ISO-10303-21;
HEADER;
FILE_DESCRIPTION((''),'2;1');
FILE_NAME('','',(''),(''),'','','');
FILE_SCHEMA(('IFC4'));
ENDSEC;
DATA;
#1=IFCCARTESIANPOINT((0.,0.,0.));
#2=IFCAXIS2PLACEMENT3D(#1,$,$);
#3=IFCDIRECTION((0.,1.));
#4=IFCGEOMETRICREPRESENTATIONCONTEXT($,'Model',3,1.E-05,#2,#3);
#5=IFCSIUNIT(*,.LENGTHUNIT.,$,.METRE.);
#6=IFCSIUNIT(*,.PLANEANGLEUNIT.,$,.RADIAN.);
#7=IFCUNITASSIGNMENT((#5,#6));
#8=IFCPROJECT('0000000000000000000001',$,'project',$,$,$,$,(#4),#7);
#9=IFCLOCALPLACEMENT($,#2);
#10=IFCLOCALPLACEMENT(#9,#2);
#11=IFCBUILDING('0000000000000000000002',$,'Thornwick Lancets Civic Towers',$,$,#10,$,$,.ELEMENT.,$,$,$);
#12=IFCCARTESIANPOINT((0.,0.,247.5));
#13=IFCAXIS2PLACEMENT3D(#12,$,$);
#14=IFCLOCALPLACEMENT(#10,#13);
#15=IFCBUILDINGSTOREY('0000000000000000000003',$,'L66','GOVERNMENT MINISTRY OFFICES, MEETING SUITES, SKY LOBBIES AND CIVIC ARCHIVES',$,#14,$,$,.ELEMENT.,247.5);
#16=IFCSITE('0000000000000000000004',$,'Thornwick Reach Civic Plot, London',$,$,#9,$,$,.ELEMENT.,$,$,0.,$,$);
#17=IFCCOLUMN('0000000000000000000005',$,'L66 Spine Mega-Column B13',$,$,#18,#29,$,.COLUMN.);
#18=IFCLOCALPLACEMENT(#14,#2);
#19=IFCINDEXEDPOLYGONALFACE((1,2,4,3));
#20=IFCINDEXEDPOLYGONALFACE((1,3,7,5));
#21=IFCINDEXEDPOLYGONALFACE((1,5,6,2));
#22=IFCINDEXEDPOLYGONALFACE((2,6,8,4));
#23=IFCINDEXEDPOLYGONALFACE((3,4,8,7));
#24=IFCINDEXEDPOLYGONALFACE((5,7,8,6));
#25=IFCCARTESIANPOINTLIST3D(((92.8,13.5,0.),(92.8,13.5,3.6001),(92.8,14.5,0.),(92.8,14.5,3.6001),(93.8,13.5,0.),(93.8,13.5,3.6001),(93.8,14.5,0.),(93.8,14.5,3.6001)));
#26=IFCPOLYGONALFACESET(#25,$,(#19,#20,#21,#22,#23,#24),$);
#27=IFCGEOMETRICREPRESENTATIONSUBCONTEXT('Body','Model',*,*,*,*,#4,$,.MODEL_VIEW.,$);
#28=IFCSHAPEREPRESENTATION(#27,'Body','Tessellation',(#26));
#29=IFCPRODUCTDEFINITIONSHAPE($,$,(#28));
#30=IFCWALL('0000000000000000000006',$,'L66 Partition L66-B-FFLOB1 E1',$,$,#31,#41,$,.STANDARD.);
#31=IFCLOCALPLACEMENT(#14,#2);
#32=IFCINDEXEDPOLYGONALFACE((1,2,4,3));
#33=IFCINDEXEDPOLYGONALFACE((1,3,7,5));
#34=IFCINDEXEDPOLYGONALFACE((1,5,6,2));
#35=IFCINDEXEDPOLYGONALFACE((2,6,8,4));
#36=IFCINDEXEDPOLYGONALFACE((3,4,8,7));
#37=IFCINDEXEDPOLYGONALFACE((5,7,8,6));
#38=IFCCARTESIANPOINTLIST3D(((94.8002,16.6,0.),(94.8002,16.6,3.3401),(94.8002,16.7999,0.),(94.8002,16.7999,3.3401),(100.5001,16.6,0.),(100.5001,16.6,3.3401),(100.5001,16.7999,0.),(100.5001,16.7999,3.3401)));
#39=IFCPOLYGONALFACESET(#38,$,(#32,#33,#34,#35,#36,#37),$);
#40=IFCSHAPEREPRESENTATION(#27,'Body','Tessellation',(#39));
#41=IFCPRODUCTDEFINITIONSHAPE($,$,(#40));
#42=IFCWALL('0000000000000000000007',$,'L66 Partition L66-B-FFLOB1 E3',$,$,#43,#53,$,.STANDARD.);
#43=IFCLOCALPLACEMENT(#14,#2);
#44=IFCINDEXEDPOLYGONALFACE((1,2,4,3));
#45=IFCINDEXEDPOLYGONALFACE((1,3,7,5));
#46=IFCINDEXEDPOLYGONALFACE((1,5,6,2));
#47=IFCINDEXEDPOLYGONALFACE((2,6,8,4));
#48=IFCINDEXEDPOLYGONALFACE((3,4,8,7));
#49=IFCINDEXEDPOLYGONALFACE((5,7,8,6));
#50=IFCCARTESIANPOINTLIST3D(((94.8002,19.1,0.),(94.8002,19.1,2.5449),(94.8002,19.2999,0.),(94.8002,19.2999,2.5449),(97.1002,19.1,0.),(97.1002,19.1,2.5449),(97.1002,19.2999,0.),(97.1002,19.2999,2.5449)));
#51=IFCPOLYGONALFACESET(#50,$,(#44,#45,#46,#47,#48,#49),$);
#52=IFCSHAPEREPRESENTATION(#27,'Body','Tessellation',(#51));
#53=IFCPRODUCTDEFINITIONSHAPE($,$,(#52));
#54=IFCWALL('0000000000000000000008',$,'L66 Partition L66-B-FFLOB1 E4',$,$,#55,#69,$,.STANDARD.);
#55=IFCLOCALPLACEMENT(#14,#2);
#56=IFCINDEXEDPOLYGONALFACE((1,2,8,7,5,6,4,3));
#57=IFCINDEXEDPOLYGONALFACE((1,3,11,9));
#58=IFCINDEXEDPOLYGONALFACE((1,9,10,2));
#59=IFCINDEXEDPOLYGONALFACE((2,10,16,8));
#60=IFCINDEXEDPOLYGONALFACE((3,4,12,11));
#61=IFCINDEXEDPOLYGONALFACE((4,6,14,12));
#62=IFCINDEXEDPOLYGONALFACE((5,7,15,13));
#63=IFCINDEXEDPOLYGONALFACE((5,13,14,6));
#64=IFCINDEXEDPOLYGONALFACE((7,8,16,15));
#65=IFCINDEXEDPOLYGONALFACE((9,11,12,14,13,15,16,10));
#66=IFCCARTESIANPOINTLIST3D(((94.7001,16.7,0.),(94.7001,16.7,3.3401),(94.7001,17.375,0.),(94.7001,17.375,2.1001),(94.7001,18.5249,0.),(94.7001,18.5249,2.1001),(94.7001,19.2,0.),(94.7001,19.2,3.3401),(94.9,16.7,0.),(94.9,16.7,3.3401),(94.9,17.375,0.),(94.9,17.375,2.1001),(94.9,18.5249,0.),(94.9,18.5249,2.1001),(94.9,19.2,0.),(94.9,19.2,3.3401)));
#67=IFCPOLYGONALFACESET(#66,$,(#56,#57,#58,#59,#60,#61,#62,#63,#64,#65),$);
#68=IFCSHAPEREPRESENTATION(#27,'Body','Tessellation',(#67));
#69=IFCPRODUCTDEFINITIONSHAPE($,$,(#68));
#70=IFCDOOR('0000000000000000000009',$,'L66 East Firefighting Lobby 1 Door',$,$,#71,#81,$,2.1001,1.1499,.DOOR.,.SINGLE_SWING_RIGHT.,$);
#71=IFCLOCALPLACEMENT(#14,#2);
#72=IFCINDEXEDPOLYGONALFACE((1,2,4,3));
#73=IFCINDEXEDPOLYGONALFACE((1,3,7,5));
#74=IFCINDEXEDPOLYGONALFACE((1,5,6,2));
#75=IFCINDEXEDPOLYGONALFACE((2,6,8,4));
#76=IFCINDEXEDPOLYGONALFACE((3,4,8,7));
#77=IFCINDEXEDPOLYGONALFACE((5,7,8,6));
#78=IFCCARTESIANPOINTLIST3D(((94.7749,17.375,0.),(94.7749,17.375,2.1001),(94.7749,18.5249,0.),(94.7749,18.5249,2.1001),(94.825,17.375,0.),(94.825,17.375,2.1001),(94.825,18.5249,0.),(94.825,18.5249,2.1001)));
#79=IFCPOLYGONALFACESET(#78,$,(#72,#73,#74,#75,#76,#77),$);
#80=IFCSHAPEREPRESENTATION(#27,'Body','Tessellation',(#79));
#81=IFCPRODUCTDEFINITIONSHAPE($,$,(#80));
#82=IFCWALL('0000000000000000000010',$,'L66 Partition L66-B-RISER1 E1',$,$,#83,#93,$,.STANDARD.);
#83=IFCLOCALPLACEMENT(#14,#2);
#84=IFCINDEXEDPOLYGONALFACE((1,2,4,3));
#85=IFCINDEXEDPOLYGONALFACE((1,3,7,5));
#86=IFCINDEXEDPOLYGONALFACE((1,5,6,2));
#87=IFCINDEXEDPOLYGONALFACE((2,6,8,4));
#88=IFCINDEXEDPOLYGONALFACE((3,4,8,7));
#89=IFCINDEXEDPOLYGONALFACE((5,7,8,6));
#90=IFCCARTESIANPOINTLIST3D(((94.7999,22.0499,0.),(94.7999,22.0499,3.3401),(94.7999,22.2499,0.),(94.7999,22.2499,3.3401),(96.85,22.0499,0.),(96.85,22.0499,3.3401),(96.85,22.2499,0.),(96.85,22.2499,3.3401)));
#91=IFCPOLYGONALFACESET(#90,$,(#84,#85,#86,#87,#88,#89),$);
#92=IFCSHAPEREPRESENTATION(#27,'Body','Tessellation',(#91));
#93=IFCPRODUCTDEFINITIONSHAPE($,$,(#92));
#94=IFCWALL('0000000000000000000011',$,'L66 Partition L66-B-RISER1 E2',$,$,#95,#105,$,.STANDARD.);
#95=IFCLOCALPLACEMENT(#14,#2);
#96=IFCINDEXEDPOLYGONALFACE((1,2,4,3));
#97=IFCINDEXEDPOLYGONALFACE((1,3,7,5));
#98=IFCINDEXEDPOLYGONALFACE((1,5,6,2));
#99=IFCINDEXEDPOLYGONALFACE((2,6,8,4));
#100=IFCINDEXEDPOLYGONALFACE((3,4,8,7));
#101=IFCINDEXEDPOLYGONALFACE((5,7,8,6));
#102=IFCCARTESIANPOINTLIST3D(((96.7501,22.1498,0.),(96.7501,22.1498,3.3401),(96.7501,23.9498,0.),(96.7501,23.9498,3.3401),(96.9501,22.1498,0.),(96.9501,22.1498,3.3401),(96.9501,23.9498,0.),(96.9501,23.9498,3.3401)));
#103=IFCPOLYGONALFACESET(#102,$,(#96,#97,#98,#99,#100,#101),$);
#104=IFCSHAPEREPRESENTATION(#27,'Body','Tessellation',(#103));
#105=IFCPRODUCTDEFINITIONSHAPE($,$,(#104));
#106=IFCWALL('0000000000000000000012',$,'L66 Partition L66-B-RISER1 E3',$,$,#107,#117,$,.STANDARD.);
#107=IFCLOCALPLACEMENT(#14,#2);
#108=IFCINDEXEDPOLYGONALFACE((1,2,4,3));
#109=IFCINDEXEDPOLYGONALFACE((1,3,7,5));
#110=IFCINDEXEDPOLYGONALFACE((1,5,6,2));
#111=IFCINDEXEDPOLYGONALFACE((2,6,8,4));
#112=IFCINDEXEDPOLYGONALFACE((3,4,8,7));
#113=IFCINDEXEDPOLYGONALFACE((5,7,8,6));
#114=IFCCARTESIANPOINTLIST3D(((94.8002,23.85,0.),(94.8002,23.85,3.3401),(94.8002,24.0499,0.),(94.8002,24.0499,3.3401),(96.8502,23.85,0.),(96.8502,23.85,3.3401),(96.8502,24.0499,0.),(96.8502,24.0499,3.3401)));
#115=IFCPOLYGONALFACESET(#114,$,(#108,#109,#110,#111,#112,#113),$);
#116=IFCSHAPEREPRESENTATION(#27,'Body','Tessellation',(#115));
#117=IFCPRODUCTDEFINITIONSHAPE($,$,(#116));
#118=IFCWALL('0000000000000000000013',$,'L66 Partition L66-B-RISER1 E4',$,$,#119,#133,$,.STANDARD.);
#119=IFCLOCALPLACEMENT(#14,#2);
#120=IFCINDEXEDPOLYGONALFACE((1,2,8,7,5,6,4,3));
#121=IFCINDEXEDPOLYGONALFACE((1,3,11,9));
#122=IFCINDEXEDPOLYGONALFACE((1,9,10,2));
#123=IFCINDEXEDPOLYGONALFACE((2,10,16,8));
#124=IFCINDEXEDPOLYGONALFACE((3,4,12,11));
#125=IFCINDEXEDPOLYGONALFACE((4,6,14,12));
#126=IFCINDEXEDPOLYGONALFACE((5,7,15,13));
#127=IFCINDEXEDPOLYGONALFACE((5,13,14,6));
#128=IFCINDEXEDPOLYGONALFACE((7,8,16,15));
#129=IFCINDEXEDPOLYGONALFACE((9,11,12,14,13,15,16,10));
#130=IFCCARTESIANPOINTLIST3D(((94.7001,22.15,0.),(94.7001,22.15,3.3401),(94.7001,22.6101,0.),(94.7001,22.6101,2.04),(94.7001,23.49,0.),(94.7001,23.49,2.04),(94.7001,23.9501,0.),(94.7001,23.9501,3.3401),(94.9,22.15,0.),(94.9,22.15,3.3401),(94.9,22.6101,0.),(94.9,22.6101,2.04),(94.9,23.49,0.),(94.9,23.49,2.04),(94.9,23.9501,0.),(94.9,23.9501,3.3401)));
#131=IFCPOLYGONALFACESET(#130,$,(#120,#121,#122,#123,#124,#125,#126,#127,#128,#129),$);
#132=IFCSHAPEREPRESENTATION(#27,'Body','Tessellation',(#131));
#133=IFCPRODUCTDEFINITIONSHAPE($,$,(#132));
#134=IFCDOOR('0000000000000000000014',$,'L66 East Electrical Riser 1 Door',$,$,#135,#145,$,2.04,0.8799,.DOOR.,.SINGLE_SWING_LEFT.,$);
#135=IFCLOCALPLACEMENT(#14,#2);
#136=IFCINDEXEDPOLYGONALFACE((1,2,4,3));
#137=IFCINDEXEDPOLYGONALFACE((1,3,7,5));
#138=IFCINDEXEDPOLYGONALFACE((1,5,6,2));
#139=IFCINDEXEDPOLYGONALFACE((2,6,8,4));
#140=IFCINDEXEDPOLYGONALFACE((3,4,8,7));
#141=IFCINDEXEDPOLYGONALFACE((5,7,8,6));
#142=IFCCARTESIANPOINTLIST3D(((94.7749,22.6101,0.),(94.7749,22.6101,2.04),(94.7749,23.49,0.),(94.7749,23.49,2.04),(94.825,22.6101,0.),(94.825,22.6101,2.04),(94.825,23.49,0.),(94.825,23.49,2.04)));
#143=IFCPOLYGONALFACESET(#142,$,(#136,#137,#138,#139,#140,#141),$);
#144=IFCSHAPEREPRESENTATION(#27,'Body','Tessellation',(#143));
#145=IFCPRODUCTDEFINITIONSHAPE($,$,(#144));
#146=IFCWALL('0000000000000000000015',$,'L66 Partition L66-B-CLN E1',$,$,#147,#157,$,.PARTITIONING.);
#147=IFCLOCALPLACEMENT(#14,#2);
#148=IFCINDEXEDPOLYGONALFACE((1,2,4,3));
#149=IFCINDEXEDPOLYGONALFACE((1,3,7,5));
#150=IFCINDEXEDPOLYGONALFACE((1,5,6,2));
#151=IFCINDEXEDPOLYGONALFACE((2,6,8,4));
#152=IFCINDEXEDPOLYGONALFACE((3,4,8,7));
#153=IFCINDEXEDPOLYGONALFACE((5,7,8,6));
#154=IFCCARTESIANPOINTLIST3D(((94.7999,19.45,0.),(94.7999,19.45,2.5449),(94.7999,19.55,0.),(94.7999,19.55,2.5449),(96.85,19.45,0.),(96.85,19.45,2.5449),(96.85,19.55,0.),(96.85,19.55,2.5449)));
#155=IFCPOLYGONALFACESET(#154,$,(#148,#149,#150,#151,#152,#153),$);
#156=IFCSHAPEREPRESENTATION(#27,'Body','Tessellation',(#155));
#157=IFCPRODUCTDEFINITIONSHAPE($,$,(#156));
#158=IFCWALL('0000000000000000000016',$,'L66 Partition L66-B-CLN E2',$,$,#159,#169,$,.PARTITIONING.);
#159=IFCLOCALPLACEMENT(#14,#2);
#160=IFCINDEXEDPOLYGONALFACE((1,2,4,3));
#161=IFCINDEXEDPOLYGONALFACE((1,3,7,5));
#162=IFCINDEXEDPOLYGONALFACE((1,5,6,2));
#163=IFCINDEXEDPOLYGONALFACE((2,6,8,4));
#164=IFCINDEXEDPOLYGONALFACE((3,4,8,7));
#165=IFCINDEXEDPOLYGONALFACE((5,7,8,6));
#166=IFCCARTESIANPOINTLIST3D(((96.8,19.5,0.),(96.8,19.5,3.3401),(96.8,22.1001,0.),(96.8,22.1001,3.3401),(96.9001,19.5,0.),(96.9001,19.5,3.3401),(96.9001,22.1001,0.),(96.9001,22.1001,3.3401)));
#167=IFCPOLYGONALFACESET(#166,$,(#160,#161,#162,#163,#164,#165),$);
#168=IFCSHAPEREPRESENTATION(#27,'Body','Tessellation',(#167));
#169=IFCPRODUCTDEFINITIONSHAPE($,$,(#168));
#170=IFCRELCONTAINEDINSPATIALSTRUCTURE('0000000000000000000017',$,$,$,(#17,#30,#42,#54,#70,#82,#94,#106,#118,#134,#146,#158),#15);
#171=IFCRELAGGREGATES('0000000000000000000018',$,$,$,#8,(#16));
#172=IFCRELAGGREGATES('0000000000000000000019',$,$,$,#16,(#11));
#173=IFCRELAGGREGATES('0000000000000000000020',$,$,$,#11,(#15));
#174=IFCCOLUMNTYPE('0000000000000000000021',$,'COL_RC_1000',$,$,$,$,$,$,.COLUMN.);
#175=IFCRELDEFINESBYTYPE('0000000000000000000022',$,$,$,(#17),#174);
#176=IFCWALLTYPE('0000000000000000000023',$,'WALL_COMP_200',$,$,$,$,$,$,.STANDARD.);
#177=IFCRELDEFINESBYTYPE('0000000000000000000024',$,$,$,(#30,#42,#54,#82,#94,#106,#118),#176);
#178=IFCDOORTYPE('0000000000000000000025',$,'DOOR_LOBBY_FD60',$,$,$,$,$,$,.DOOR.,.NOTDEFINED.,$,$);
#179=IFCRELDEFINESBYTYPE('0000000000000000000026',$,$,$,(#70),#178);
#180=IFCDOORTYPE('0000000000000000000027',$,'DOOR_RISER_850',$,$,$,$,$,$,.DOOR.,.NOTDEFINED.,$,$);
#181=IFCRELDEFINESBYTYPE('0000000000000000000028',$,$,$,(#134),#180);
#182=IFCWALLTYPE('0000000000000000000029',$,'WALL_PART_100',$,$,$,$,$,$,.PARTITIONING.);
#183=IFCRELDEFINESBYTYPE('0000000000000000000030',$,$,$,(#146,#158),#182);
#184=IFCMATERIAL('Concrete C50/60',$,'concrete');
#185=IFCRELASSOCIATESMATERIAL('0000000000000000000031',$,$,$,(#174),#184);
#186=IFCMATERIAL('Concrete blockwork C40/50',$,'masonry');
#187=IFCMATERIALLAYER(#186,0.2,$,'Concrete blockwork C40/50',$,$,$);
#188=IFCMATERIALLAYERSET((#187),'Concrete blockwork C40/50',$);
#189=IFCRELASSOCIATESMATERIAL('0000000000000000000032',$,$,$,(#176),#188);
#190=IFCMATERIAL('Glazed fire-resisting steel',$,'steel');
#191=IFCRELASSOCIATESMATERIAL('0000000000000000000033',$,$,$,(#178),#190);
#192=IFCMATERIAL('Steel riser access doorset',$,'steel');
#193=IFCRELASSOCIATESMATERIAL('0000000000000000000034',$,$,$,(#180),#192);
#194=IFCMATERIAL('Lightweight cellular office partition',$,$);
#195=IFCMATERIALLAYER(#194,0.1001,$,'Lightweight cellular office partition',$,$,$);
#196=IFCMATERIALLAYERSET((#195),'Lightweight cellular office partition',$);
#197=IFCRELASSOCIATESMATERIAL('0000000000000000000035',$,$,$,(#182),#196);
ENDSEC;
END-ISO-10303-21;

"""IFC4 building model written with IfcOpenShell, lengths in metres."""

from ifc_helpers import new_model, si_unit, direction, frame, frame_2d, origin, origin_2d, place, context, subcontext, project, spatial, rectangle, extrude, material, layer, layer_set, material_profile, profile_set, type_object, element, fill, save


model = new_model("IFC4")

# Units and contexts
model_context = context("Model", 3, precision=1e-05, world=origin(), true_north=direction((0.0, 1.0)))
body_context = subcontext(model_context, "Body", "Model", "MODEL_VIEW")
ifc_project = project(units=[si_unit("LENGTHUNIT", "METRE"), si_unit("PLANEANGLEUNIT", "RADIAN")], contexts=[model_context])

# Site, building, storey
site_placement = place(None, origin())
site = spatial("IfcSite", under=ifc_project, at=site_placement, Name="Thornwick Reach Civic Plot, London", CompositionType="ELEMENT", RefElevation=0.0)
building_placement = place(site_placement, origin())
building = spatial("IfcBuilding", under=site, at=building_placement, Name="Thornwick Lancets Civic Towers", CompositionType="ELEMENT")
storey_placement = place(building_placement, frame((0.0, 0.0, 247.5)))
storey = spatial("IfcBuildingStorey", under=building, at=storey_placement, Name="L66", Description="GOVERNMENT MINISTRY OFFICES, MEETING SUITES, SKY LOBBIES AND CIVIC ARCHIVES", CompositionType="ELEMENT", Elevation=247.5)

# Column
ifc_material_1 = material(Name="Concrete C50/60", Category="concrete")
ifc_material_profile = material_profile(ifc_material_1, rectangle(XDim=1.0, YDim=1.0, at=origin_2d()), Name="RC 1000x1000")
ifc_profile_set = profile_set([ifc_material_profile], Name="Concrete C50/60")
column_type = type_object("IfcColumnType", Name="COL_RC_1000", PredefinedType="COLUMN", material=ifc_profile_set)
column_placement = place(storey_placement, frame((93.3, 14.0, 0.0), z_axis=(0.0, 0.0, 1.0), x_axis=(1.0, 0.0, 0.0)))
element("IfcColumn", 1, at=column_placement, inside=storey, type_object=column_type, Name="L66 Spine Mega-Column B13", PredefinedType="COLUMN", context=body_context, shape_type="SweptSolid", body=[
    extrude(rectangle(XDim=1.0, YDim=1.0, at=origin_2d()), origin(), (0.0, 0.0, 1.0), 3.6001),
])

# Walls
ifc_material_2 = material(Name="Concrete blockwork C40/50", Category="masonry")
ifc_layer_1 = layer(ifc_material_2, 0.2, Name="Concrete blockwork C40/50")
ifc_layer_set_1 = layer_set([ifc_layer_1], Name="Concrete blockwork C40/50")
wall_type_1 = type_object("IfcWallType", Name="WALL_COMP_200", PredefinedType="STANDARD", material=ifc_layer_set_1)
wall_1_placement = place(storey_placement, frame((94.8, 16.7, 0.0), z_axis=(0.0, 0.0, 1.0), x_axis=(1.0, 0.0, 0.0)))
element("IfcWall", 2, at=wall_1_placement, inside=storey, type_object=wall_type_1, Name="L66 Partition L66-B-FFLOB1 E1", PredefinedType="STANDARD", context=body_context, shape_type="SweptSolid", body=[
    extrude(rectangle(XDim=5.7, YDim=0.2, at=frame_2d((2.8501, 0.0))), origin(), (0.0, 0.0, 1.0), 3.3401),
])
wall_2_placement = place(storey_placement, frame((97.1001, 19.2, 0.0), z_axis=(0.0, 0.0, 1.0), x_axis=(-1.0, 0.0, 0.0)))
element("IfcWall", 3, at=wall_2_placement, inside=storey, type_object=wall_type_1, Name="L66 Partition L66-B-FFLOB1 E3", PredefinedType="STANDARD", context=body_context, shape_type="SweptSolid", body=[
    extrude(rectangle(XDim=2.3, YDim=0.2, at=frame_2d((1.1499, 0.0))), origin(), (0.0, 0.0, 1.0), 2.5449),
])

# Wall, opening, door
wall_3_placement = place(storey_placement, frame((94.8, 19.2, 0.0), z_axis=(0.0, 0.0, 1.0), x_axis=(0.0, -1.0, 0.0)))
wall_3 = element("IfcWall", 4, at=wall_3_placement, inside=storey, type_object=wall_type_1, Name="L66 Partition L66-B-FFLOB1 E4", PredefinedType="STANDARD", context=body_context, shape_type="SweptSolid", body=[
    extrude(rectangle(XDim=2.5, YDim=0.2, at=frame_2d((1.25, 0.0))), origin(), (0.0, 0.0, 1.0), 3.3401),
])
opening_1_placement = place(wall_3_placement, frame((0.675, 0.0, 0.0)))
opening_1 = element("IfcOpeningElement", 5, at=opening_1_placement, cuts=wall_3, PredefinedType="OPENING", context=body_context, shape_type="SweptSolid", body=[
    extrude(rectangle(XDim=1.1499, YDim=2.1001, at=frame_2d((0.575, 1.05))), frame((0.0, 0.1099, 0.0), z_axis=(0.0, -1.0, 0.0), x_axis=(1.0, 0.0, 0.0)), (0.0, 0.0, 1.0), 0.22),
])
ifc_material_3 = material(Name="Glazed fire-resisting steel", Category="steel")
door_type_1 = type_object("IfcDoorType", Name="DOOR_LOBBY_FD60", OperationType="NOTDEFINED", PredefinedType="DOOR", material=ifc_material_3)
door_1_placement = place(opening_1_placement, origin())
door_1 = element("IfcDoor", 6, at=door_1_placement, inside=storey, type_object=door_type_1, Name="L66 East Firefighting Lobby 1 Door", OperationType="SINGLE_SWING_RIGHT", OverallHeight=2.1001, OverallWidth=1.1499, PredefinedType="DOOR", context=body_context, shape_type="SweptSolid", body=[
    extrude(rectangle(XDim=1.1499, YDim=2.1001, at=frame_2d((0.575, 1.05))), frame((0.0, 0.0249, 0.0), z_axis=(0.0, -1.0, 0.0), x_axis=(1.0, 0.0, 0.0)), (0.0, 0.0, 1.0), 0.05),
])
fill(opening_1, door_1)

# Walls
wall_4_placement = place(storey_placement, frame((94.8, 22.1499, 0.0), z_axis=(0.0, 0.0, 1.0), x_axis=(1.0, 0.0, 0.0)))
element("IfcWall", 7, at=wall_4_placement, inside=storey, type_object=wall_type_1, Name="L66 Partition L66-B-RISER1 E1", PredefinedType="STANDARD", context=body_context, shape_type="SweptSolid", body=[
    extrude(rectangle(XDim=2.05, YDim=0.2, at=frame_2d((1.0249, 0.0))), origin(), (0.0, 0.0, 1.0), 3.3401),
])
wall_5_placement = place(storey_placement, frame((96.8501, 22.1499, 0.0), z_axis=(0.0, 0.0, 1.0), x_axis=(0.0, 1.0, 0.0)))
element("IfcWall", 8, at=wall_5_placement, inside=storey, type_object=wall_type_1, Name="L66 Partition L66-B-RISER1 E2", PredefinedType="STANDARD", context=body_context, shape_type="SweptSolid", body=[
    extrude(rectangle(XDim=1.8, YDim=0.2, at=frame_2d((0.8999, 0.0))), origin(), (0.0, 0.0, 1.0), 3.3401),
])
wall_6_placement = place(storey_placement, frame((96.8501, 23.95, 0.0), z_axis=(0.0, 0.0, 1.0), x_axis=(-1.0, 0.0, 0.0)))
element("IfcWall", 9, at=wall_6_placement, inside=storey, type_object=wall_type_1, Name="L66 Partition L66-B-RISER1 E3", PredefinedType="STANDARD", context=body_context, shape_type="SweptSolid", body=[
    extrude(rectangle(XDim=2.05, YDim=0.2, at=frame_2d((1.0249, 0.0))), origin(), (0.0, 0.0, 1.0), 3.3401),
])

# Wall, opening, door
wall_7_placement = place(storey_placement, frame((94.8, 23.95, 0.0), z_axis=(0.0, 0.0, 1.0), x_axis=(0.0, -1.0, 0.0)))
wall_7 = element("IfcWall", 10, at=wall_7_placement, inside=storey, type_object=wall_type_1, Name="L66 Partition L66-B-RISER1 E4", PredefinedType="STANDARD", context=body_context, shape_type="SweptSolid", body=[
    extrude(rectangle(XDim=1.8, YDim=0.2, at=frame_2d((0.8999, 0.0))), origin(), (0.0, 0.0, 1.0), 3.3401),
])
opening_2_placement = place(wall_7_placement, frame((0.46, 0.0, 0.0)))
opening_2 = element("IfcOpeningElement", 11, at=opening_2_placement, cuts=wall_7, PredefinedType="OPENING", context=body_context, shape_type="SweptSolid", body=[
    extrude(rectangle(XDim=0.8799, YDim=2.04, at=frame_2d((0.4399, 1.02))), frame((0.0, 0.1099, 0.0), z_axis=(0.0, -1.0, 0.0), x_axis=(1.0, 0.0, 0.0)), (0.0, 0.0, 1.0), 0.22),
])
ifc_material_4 = material(Name="Steel riser access doorset", Category="steel")
door_type_2 = type_object("IfcDoorType", Name="DOOR_RISER_850", OperationType="NOTDEFINED", PredefinedType="DOOR", material=ifc_material_4)
door_2_placement = place(opening_2_placement, origin())
door_2 = element("IfcDoor", 12, at=door_2_placement, inside=storey, type_object=door_type_2, Name="L66 East Electrical Riser 1 Door", OperationType="SINGLE_SWING_LEFT", OverallHeight=2.04, OverallWidth=0.8799, PredefinedType="DOOR", context=body_context, shape_type="SweptSolid", body=[
    extrude(rectangle(XDim=0.8799, YDim=2.04, at=frame_2d((0.4399, 1.02))), frame((0.0, 0.0249, 0.0), z_axis=(0.0, -1.0, 0.0), x_axis=(1.0, 0.0, 0.0)), (0.0, 0.0, 1.0), 0.05),
])
fill(opening_2, door_2)

# Walls
ifc_material_5 = material(Name="Lightweight cellular office partition")
ifc_layer_2 = layer(ifc_material_5, 0.1001, Name="Lightweight cellular office partition")
ifc_layer_set_2 = layer_set([ifc_layer_2], Name="Lightweight cellular office partition")
wall_type_2 = type_object("IfcWallType", Name="WALL_PART_100", PredefinedType="PARTITIONING", material=ifc_layer_set_2)
wall_8_placement = place(storey_placement, frame((94.8, 19.5, 0.0), z_axis=(0.0, 0.0, 1.0), x_axis=(1.0, 0.0, 0.0)))
element("IfcWall", 13, at=wall_8_placement, inside=storey, type_object=wall_type_2, Name="L66 Partition L66-B-CLN E1", PredefinedType="PARTITIONING", context=body_context, shape_type="SweptSolid", body=[
    extrude(rectangle(XDim=2.05, YDim=0.1001, at=frame_2d((1.0249, 0.0))), origin(), (0.0, 0.0, 1.0), 2.5449),
])
wall_9_placement = place(storey_placement, frame((96.8501, 19.5, 0.0), z_axis=(0.0, 0.0, 1.0), x_axis=(0.0, 1.0, 0.0)))
element("IfcWall", 14, at=wall_9_placement, inside=storey, type_object=wall_type_2, Name="L66 Partition L66-B-CLN E2", PredefinedType="PARTITIONING", context=body_context, shape_type="SweptSolid", body=[
    extrude(rectangle(XDim=2.6001, YDim=0.1001, at=frame_2d((1.3, 0.0))), origin(), (0.0, 0.0, 1.0), 3.3401),
])

save(model, "model.ifc")
